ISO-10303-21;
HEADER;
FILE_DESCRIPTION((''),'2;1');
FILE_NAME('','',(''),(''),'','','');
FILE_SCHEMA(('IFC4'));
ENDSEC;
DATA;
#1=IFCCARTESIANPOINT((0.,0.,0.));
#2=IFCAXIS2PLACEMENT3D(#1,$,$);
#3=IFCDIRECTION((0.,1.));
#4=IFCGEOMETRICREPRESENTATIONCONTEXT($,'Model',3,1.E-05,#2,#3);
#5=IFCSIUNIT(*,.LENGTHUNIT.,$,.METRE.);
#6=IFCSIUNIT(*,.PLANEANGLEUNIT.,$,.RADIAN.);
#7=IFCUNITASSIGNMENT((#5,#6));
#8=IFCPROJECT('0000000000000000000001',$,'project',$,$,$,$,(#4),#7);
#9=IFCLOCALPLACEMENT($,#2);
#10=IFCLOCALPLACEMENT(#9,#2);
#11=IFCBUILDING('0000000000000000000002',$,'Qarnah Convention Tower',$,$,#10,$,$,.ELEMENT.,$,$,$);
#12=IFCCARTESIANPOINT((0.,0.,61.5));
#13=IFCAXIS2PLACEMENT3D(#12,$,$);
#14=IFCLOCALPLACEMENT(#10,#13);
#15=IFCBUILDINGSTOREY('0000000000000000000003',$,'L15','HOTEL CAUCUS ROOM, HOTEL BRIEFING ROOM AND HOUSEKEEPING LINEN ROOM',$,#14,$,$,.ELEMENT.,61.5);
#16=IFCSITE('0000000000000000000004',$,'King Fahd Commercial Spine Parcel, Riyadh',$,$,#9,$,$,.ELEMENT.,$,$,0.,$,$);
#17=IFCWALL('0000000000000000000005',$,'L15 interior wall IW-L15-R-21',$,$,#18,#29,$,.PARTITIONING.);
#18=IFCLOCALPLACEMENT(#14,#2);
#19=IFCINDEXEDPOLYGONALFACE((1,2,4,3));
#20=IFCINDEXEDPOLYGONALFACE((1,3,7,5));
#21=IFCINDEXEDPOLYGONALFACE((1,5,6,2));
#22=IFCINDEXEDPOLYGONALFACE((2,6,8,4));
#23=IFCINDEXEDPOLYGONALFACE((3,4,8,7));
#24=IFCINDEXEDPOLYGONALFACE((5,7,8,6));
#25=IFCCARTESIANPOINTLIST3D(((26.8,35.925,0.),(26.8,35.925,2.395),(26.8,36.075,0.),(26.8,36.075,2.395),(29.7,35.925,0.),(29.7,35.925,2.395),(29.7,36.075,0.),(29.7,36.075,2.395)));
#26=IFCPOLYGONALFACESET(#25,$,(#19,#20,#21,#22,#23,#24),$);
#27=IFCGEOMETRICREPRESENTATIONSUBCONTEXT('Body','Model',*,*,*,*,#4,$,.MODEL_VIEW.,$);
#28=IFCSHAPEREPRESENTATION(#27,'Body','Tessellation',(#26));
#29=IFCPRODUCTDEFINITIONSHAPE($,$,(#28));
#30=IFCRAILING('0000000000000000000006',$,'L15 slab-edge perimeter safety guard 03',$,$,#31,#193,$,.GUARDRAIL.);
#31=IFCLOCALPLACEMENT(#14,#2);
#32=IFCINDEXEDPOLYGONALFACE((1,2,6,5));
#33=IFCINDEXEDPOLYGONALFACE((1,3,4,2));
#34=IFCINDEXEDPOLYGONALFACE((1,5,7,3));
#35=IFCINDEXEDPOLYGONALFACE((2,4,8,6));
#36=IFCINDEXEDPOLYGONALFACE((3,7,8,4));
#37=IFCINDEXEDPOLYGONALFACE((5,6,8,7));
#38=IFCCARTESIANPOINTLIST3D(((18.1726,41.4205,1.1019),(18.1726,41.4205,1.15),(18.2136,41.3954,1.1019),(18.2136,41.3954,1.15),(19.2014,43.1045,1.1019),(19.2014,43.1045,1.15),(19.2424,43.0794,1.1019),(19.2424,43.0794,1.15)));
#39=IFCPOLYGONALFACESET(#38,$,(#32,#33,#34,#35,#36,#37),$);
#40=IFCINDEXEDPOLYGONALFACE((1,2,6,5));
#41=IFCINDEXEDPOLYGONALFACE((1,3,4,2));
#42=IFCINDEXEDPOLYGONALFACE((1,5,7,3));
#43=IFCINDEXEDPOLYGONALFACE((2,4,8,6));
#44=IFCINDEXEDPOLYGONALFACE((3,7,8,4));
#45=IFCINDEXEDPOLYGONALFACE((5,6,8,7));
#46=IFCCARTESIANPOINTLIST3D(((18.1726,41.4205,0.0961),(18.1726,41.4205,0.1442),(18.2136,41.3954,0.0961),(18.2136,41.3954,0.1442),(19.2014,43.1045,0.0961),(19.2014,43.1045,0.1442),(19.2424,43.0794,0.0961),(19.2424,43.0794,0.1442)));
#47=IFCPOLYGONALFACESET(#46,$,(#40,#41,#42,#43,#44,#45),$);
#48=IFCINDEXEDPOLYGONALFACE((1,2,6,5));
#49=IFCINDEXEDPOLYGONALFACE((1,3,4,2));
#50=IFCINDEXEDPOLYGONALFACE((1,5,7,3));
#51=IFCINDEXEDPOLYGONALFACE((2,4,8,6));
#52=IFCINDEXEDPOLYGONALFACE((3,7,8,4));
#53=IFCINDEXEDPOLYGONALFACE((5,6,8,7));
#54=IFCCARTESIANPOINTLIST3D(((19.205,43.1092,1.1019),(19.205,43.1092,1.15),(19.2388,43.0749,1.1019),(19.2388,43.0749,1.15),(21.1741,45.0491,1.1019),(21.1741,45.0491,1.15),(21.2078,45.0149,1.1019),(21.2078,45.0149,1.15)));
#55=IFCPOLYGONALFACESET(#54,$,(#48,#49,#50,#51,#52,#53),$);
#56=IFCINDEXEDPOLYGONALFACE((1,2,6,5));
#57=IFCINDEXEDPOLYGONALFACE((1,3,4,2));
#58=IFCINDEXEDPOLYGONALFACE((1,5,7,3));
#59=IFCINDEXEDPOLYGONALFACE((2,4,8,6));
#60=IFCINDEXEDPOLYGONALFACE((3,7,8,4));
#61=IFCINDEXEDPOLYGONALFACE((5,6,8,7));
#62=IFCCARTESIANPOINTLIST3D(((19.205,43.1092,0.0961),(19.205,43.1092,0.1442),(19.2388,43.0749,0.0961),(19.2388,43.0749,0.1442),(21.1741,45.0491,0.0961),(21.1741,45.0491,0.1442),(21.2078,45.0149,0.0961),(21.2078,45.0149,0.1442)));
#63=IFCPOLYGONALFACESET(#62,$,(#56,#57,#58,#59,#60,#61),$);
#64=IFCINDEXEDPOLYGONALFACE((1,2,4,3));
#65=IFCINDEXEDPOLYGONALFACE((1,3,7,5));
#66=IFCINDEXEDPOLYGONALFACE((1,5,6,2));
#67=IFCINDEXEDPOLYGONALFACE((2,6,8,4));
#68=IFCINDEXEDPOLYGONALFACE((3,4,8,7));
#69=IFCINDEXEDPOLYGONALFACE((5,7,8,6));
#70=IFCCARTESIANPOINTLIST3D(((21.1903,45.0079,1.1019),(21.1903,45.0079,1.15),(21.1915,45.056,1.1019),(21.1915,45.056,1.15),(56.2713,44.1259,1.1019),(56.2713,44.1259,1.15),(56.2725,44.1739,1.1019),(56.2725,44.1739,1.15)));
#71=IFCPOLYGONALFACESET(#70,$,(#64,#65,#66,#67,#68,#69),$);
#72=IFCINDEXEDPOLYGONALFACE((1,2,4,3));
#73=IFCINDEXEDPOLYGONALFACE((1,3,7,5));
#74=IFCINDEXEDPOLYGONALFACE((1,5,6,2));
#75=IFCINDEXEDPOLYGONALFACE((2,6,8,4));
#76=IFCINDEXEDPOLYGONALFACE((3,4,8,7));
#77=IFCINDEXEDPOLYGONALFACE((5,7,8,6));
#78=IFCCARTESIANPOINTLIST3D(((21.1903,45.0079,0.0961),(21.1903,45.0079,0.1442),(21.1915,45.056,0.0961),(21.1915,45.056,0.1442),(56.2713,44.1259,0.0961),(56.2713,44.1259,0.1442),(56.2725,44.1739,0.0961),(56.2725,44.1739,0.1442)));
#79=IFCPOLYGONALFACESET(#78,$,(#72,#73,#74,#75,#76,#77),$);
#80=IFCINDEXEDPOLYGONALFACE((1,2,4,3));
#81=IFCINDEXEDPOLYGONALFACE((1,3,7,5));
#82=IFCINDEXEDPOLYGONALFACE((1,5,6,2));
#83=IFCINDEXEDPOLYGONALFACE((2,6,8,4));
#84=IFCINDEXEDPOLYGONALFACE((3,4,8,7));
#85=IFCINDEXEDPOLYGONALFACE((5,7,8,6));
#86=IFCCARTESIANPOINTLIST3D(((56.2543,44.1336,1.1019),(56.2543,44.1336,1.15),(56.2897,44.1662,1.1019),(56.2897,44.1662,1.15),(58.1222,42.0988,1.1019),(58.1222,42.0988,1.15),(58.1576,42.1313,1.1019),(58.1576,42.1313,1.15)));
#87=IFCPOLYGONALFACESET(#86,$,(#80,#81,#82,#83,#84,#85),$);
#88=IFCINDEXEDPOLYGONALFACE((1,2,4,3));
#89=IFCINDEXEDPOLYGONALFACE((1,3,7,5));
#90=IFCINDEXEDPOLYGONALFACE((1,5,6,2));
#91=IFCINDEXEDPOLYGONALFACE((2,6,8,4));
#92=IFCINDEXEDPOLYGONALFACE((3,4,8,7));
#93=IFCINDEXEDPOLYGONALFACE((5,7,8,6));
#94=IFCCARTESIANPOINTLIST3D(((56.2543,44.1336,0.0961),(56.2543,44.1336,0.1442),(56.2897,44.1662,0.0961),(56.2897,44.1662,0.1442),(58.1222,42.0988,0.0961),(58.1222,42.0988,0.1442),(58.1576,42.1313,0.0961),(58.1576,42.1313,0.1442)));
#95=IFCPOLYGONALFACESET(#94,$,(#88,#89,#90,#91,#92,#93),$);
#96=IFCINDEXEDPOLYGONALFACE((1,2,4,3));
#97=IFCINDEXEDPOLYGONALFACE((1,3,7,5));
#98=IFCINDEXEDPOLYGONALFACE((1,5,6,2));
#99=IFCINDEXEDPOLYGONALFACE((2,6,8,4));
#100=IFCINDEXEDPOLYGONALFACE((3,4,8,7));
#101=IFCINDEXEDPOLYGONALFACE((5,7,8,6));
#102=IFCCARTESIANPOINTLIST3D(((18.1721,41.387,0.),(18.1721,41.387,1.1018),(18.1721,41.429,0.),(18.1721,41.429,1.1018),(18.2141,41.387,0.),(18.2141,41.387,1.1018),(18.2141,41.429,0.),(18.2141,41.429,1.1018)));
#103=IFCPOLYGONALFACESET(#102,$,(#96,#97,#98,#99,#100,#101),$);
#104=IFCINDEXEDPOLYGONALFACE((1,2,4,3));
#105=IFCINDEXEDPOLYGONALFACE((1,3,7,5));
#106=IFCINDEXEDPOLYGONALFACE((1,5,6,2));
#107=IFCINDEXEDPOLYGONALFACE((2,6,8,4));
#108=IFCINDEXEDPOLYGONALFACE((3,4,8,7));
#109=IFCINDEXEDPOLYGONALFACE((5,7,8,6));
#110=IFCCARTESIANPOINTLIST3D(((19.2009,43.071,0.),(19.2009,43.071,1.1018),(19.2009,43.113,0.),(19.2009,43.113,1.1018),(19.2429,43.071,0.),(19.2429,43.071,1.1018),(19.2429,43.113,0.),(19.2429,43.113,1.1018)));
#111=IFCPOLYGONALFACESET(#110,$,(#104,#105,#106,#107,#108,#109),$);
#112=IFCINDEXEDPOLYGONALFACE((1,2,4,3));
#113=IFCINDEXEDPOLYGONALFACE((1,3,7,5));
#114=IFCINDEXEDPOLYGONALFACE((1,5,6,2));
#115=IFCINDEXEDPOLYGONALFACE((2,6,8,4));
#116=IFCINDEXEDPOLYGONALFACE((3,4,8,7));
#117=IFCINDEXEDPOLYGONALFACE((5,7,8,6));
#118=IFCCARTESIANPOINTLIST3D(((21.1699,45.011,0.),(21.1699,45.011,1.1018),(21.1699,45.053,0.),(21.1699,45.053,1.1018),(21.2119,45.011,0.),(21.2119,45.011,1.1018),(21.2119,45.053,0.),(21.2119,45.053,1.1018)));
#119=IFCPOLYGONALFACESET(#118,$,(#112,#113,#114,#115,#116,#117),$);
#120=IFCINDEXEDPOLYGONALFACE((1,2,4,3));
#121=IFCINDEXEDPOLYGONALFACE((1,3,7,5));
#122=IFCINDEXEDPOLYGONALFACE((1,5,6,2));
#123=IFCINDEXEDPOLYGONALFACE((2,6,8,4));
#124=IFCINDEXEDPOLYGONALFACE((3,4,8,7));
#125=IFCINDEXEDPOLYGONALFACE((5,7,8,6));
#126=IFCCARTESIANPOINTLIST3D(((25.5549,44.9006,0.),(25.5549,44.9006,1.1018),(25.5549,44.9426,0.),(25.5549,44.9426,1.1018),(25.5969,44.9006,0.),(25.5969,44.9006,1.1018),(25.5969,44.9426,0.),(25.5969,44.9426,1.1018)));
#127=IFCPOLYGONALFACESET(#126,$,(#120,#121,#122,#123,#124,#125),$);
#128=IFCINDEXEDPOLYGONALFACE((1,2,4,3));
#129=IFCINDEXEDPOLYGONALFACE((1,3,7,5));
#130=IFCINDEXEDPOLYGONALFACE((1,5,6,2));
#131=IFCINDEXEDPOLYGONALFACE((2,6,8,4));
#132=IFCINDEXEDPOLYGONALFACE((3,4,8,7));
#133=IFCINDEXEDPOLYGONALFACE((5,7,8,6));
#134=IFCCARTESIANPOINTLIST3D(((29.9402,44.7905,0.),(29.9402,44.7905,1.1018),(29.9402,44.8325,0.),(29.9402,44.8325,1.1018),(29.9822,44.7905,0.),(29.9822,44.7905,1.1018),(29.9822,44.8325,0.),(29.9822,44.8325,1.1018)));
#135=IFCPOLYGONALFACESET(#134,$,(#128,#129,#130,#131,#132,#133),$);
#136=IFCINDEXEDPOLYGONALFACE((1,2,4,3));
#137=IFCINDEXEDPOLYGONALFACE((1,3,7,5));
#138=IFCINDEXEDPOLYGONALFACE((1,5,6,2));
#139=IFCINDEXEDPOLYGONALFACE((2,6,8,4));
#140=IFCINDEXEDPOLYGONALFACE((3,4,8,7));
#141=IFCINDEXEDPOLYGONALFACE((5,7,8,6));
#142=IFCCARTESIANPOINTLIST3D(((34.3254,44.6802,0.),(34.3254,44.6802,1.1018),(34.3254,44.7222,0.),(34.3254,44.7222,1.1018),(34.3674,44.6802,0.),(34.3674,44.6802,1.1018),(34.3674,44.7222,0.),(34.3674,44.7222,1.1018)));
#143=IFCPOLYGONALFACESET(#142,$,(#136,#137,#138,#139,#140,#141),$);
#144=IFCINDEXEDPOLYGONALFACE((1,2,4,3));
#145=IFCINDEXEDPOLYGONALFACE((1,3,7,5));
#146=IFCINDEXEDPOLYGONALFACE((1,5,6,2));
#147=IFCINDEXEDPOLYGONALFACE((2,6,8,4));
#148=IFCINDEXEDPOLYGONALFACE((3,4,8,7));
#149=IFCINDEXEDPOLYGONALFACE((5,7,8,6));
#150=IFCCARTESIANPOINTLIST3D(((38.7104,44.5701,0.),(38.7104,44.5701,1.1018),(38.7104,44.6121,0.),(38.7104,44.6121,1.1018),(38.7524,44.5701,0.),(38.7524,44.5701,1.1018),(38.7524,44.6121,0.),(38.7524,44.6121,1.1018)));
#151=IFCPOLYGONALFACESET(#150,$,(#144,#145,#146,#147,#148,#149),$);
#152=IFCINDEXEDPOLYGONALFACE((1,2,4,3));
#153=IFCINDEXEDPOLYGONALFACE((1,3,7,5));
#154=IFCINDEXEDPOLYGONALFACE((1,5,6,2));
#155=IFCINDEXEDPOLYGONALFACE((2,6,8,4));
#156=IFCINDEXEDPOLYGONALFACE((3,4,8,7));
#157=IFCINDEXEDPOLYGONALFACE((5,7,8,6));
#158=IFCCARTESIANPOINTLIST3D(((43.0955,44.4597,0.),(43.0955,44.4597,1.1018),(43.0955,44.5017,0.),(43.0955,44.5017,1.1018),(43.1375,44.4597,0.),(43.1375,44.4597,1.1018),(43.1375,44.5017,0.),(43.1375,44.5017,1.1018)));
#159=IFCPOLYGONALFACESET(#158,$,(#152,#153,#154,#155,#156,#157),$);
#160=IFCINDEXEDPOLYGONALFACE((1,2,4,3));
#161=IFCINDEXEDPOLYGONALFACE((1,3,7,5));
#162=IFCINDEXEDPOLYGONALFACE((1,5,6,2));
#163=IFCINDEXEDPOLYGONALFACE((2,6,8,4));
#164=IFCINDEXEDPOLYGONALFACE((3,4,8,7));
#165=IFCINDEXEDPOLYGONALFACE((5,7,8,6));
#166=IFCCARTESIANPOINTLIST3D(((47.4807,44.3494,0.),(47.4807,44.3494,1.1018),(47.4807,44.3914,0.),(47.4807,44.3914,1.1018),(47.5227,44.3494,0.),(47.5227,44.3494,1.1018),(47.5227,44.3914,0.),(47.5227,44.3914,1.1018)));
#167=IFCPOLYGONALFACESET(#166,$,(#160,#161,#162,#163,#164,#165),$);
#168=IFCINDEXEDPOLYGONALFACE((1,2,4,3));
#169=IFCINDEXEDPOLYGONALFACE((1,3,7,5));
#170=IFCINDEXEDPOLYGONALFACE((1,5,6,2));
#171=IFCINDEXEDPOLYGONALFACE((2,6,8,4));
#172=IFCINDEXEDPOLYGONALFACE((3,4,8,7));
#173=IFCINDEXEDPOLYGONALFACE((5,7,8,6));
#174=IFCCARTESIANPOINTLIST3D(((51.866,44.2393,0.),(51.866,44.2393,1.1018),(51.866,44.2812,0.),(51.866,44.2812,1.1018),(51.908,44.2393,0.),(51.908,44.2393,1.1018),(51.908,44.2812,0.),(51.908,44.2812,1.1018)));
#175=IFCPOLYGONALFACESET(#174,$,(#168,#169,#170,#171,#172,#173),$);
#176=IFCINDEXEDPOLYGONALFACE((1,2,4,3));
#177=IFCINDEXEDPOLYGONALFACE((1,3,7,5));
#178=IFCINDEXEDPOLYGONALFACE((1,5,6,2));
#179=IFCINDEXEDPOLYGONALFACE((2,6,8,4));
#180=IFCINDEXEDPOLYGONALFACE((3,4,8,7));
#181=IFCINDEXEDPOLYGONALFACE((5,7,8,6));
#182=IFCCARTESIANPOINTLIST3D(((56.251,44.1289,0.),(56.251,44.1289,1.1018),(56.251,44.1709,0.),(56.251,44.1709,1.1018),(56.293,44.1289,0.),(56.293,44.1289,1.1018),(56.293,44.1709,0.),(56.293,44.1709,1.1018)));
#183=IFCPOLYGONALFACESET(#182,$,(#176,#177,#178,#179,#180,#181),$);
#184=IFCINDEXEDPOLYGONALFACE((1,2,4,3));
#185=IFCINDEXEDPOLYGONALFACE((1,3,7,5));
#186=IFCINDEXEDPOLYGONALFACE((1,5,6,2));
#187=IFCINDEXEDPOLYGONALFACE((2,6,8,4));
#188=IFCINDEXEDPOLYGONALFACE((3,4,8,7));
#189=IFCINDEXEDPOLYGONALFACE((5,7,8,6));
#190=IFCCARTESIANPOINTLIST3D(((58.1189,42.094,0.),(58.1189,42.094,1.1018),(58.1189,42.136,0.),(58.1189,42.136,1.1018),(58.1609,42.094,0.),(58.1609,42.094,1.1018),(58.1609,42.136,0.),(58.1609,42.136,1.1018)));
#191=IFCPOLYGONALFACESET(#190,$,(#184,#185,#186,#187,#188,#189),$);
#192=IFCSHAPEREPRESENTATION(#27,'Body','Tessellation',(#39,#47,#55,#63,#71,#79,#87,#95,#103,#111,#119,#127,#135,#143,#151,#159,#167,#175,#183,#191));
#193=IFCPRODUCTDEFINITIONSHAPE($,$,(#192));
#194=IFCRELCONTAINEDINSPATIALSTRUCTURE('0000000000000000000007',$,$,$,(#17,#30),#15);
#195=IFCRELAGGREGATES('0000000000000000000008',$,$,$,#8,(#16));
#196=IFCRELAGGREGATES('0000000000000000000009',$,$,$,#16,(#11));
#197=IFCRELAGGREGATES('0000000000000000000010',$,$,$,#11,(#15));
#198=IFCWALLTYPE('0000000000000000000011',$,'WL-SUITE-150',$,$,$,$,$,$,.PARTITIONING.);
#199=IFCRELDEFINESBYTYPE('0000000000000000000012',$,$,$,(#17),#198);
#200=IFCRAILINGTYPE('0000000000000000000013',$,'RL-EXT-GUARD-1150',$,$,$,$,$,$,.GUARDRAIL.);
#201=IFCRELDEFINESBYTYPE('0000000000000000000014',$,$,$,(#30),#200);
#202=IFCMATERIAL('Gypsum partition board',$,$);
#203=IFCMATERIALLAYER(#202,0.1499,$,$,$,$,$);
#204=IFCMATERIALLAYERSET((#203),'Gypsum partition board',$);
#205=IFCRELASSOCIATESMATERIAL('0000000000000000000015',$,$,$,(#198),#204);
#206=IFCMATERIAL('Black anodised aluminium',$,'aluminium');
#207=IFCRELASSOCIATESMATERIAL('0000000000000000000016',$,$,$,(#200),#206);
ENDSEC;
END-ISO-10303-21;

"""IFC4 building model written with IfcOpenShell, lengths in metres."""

from ifc_helpers import new_model, si_unit, direction, frame, frame_2d, origin, origin_2d, place, context, subcontext, project, spatial, rectangle, extrude, material, layer, layer_set, type_object, element, save


model = new_model("IFC4")

# Units and contexts
model_context = context("Model", 3, precision=1e-05, world=origin(), true_north=direction((0.0, 1.0)))
body_context = subcontext(model_context, "Body", "Model", "MODEL_VIEW")
ifc_project = project(units=[si_unit("LENGTHUNIT", "METRE"), si_unit("PLANEANGLEUNIT", "RADIAN")], contexts=[model_context])

# Site, building, storey
site_placement = place(None, origin())
site = spatial("IfcSite", under=ifc_project, at=site_placement, Name="King Fahd Commercial Spine Parcel, Riyadh", CompositionType="ELEMENT", RefElevation=0.0)
building_placement = place(site_placement, origin())
building = spatial("IfcBuilding", under=site, at=building_placement, Name="Qarnah Convention Tower", CompositionType="ELEMENT")
storey_placement = place(building_placement, frame((0.0, 0.0, 61.5)))
storey = spatial("IfcBuildingStorey", under=building, at=storey_placement, Name="L15", Description="HOTEL CAUCUS ROOM, HOTEL BRIEFING ROOM AND HOUSEKEEPING LINEN ROOM", CompositionType="ELEMENT", Elevation=61.5)

# Shared definitions
ifc_material_1 = material(Name="Black anodised aluminium", Category="aluminium")

# Shared definitions
ifc_material_2 = material(Name="Gypsum partition board")
ifc_layer_1 = layer(ifc_material_2, 0.1499)
ifc_layer_set_1 = layer_set([ifc_layer_1], Name="Gypsum partition board")
wall_type_1 = type_object("IfcWallType", Name="WL-SUITE-150", PredefinedType="PARTITIONING", material=ifc_layer_set_1)

# Wall
wall_1_placement = place(storey_placement, frame((26.8, 36.0, 0.0), z_axis=(0.0, 0.0, 1.0), x_axis=(1.0, 0.0, 0.0)))
element("IfcWall", 1, at=wall_1_placement, inside=storey, type_object=wall_type_1, Name="L15 interior wall IW-L15-R-21", PredefinedType="PARTITIONING", context=body_context, shape_type="SweptSolid", body=[
    extrude(rectangle(XDim=2.8999, YDim=0.1499, at=frame_2d((1.45, 0.0))), origin(), (0.0, 0.0, 1.0), 2.395),
])

# Railing
railing_type = type_object("IfcRailingType", Name="RL-EXT-GUARD-1150", PredefinedType="GUARDRAIL", material=ifc_material_1)
railing_1_placement = place(storey_placement, frame((18.1931, 41.408, 0.0)))
element("IfcRailing", 2, at=railing_1_placement, inside=storey, type_object=railing_type, Name="L15 slab-edge perimeter safety guard 03", PredefinedType="GUARDRAIL", context=body_context, shape_type="SweptSolid", body=[
    extrude(rectangle(XDim=0.0481, YDim=0.0481, at=origin_2d()), frame((0.0, 0.0, 1.126), z_axis=(0.52132, 0.853361, 0.0), x_axis=(-0.853361, 0.52132, 0.0)), (0.0, 0.0, 1.0), 1.9734),
    extrude(rectangle(XDim=0.0481, YDim=0.0481, at=origin_2d()), frame((0.0, 0.0, 0.1201), z_axis=(0.52132, 0.853361, 0.0), x_axis=(-0.853361, 0.52132, 0.0)), (0.0, 0.0, 1.0), 1.9734),
    extrude(rectangle(XDim=0.0481, YDim=0.0481, at=origin_2d()), frame((1.0288, 1.6841, 1.126), z_axis=(0.712343, 0.701832, 0.0), x_axis=(-0.701832, 0.712343, 0.0)), (0.0, 0.0, 1.0), 2.7642),
    extrude(rectangle(XDim=0.0481, YDim=0.0481, at=origin_2d()), frame((1.0288, 1.6841, 0.1201), z_axis=(0.712343, 0.701832, 0.0), x_axis=(-0.701832, 0.712343, 0.0)), (0.0, 0.0, 1.0), 2.7642),
    extrude(rectangle(XDim=0.0481, YDim=0.0481, at=origin_2d()), frame((2.9978, 3.624, 1.126), z_axis=(0.999684, -0.025136, 0.0), x_axis=(0.025136, 0.999684, 0.0)), (0.0, 0.0, 1.0), 35.092),
    extrude(rectangle(XDim=0.0481, YDim=0.0481, at=origin_2d()), frame((2.9978, 3.624, 0.1201), z_axis=(0.999684, -0.025136, 0.0), x_axis=(0.025136, 0.999684, 0.0)), (0.0, 0.0, 1.0), 35.092),
    extrude(rectangle(XDim=0.0481, YDim=0.0481, at=origin_2d()), frame((38.0789, 2.7419, 1.126), z_axis=(0.676233, -0.736688, 0.0), x_axis=(0.736688, 0.676233, 0.0)), (0.0, 0.0, 1.0), 2.7622),
    extrude(rectangle(XDim=0.0481, YDim=0.0481, at=origin_2d()), frame((38.0789, 2.7419, 0.1201), z_axis=(0.676233, -0.736688, 0.0), x_axis=(0.736688, 0.676233, 0.0)), (0.0, 0.0, 1.0), 2.7622),
    extrude(rectangle(XDim=0.042, YDim=0.042, at=origin_2d()), origin(), (0.0, 0.0, 1.0), 1.1018),
    extrude(rectangle(XDim=0.042, YDim=0.042, at=origin_2d()), frame((1.0288, 1.6841, 0.0)), (0.0, 0.0, 1.0), 1.1018),
    extrude(rectangle(XDim=0.042, YDim=0.042, at=origin_2d()), frame((2.9978, 3.624, 0.0)), (0.0, 0.0, 1.0), 1.1018),
    extrude(rectangle(XDim=0.042, YDim=0.042, at=origin_2d()), frame((7.3828, 3.5137, 0.0)), (0.0, 0.0, 1.0), 1.1018),
    extrude(rectangle(XDim=0.042, YDim=0.042, at=origin_2d()), frame((11.7681, 3.4036, 0.0)), (0.0, 0.0, 1.0), 1.1018),
    extrude(rectangle(XDim=0.042, YDim=0.042, at=origin_2d()), frame((16.1533, 3.2932, 0.0)), (0.0, 0.0, 1.0), 1.1018),
    extrude(rectangle(XDim=0.042, YDim=0.042, at=origin_2d()), frame((20.5383, 3.1831, 0.0)), (0.0, 0.0, 1.0), 1.1018),
    extrude(rectangle(XDim=0.042, YDim=0.042, at=origin_2d()), frame((24.9233, 3.0728, 0.0)), (0.0, 0.0, 1.0), 1.1018),
    extrude(rectangle(XDim=0.042, YDim=0.042, at=origin_2d()), frame((29.3086, 2.9624, 0.0)), (0.0, 0.0, 1.0), 1.1018),
    extrude(rectangle(XDim=0.042, YDim=0.042, at=origin_2d()), frame((33.6938, 2.8523, 0.0)), (0.0, 0.0, 1.0), 1.1018),
    extrude(rectangle(XDim=0.042, YDim=0.042, at=origin_2d()), frame((38.0789, 2.7419, 0.0)), (0.0, 0.0, 1.0), 1.1018),
    extrude(rectangle(XDim=0.042, YDim=0.042, at=origin_2d()), frame((39.9468, 0.707, 0.0)), (0.0, 0.0, 1.0), 1.1018),
])

save(model, "model.ifc")
